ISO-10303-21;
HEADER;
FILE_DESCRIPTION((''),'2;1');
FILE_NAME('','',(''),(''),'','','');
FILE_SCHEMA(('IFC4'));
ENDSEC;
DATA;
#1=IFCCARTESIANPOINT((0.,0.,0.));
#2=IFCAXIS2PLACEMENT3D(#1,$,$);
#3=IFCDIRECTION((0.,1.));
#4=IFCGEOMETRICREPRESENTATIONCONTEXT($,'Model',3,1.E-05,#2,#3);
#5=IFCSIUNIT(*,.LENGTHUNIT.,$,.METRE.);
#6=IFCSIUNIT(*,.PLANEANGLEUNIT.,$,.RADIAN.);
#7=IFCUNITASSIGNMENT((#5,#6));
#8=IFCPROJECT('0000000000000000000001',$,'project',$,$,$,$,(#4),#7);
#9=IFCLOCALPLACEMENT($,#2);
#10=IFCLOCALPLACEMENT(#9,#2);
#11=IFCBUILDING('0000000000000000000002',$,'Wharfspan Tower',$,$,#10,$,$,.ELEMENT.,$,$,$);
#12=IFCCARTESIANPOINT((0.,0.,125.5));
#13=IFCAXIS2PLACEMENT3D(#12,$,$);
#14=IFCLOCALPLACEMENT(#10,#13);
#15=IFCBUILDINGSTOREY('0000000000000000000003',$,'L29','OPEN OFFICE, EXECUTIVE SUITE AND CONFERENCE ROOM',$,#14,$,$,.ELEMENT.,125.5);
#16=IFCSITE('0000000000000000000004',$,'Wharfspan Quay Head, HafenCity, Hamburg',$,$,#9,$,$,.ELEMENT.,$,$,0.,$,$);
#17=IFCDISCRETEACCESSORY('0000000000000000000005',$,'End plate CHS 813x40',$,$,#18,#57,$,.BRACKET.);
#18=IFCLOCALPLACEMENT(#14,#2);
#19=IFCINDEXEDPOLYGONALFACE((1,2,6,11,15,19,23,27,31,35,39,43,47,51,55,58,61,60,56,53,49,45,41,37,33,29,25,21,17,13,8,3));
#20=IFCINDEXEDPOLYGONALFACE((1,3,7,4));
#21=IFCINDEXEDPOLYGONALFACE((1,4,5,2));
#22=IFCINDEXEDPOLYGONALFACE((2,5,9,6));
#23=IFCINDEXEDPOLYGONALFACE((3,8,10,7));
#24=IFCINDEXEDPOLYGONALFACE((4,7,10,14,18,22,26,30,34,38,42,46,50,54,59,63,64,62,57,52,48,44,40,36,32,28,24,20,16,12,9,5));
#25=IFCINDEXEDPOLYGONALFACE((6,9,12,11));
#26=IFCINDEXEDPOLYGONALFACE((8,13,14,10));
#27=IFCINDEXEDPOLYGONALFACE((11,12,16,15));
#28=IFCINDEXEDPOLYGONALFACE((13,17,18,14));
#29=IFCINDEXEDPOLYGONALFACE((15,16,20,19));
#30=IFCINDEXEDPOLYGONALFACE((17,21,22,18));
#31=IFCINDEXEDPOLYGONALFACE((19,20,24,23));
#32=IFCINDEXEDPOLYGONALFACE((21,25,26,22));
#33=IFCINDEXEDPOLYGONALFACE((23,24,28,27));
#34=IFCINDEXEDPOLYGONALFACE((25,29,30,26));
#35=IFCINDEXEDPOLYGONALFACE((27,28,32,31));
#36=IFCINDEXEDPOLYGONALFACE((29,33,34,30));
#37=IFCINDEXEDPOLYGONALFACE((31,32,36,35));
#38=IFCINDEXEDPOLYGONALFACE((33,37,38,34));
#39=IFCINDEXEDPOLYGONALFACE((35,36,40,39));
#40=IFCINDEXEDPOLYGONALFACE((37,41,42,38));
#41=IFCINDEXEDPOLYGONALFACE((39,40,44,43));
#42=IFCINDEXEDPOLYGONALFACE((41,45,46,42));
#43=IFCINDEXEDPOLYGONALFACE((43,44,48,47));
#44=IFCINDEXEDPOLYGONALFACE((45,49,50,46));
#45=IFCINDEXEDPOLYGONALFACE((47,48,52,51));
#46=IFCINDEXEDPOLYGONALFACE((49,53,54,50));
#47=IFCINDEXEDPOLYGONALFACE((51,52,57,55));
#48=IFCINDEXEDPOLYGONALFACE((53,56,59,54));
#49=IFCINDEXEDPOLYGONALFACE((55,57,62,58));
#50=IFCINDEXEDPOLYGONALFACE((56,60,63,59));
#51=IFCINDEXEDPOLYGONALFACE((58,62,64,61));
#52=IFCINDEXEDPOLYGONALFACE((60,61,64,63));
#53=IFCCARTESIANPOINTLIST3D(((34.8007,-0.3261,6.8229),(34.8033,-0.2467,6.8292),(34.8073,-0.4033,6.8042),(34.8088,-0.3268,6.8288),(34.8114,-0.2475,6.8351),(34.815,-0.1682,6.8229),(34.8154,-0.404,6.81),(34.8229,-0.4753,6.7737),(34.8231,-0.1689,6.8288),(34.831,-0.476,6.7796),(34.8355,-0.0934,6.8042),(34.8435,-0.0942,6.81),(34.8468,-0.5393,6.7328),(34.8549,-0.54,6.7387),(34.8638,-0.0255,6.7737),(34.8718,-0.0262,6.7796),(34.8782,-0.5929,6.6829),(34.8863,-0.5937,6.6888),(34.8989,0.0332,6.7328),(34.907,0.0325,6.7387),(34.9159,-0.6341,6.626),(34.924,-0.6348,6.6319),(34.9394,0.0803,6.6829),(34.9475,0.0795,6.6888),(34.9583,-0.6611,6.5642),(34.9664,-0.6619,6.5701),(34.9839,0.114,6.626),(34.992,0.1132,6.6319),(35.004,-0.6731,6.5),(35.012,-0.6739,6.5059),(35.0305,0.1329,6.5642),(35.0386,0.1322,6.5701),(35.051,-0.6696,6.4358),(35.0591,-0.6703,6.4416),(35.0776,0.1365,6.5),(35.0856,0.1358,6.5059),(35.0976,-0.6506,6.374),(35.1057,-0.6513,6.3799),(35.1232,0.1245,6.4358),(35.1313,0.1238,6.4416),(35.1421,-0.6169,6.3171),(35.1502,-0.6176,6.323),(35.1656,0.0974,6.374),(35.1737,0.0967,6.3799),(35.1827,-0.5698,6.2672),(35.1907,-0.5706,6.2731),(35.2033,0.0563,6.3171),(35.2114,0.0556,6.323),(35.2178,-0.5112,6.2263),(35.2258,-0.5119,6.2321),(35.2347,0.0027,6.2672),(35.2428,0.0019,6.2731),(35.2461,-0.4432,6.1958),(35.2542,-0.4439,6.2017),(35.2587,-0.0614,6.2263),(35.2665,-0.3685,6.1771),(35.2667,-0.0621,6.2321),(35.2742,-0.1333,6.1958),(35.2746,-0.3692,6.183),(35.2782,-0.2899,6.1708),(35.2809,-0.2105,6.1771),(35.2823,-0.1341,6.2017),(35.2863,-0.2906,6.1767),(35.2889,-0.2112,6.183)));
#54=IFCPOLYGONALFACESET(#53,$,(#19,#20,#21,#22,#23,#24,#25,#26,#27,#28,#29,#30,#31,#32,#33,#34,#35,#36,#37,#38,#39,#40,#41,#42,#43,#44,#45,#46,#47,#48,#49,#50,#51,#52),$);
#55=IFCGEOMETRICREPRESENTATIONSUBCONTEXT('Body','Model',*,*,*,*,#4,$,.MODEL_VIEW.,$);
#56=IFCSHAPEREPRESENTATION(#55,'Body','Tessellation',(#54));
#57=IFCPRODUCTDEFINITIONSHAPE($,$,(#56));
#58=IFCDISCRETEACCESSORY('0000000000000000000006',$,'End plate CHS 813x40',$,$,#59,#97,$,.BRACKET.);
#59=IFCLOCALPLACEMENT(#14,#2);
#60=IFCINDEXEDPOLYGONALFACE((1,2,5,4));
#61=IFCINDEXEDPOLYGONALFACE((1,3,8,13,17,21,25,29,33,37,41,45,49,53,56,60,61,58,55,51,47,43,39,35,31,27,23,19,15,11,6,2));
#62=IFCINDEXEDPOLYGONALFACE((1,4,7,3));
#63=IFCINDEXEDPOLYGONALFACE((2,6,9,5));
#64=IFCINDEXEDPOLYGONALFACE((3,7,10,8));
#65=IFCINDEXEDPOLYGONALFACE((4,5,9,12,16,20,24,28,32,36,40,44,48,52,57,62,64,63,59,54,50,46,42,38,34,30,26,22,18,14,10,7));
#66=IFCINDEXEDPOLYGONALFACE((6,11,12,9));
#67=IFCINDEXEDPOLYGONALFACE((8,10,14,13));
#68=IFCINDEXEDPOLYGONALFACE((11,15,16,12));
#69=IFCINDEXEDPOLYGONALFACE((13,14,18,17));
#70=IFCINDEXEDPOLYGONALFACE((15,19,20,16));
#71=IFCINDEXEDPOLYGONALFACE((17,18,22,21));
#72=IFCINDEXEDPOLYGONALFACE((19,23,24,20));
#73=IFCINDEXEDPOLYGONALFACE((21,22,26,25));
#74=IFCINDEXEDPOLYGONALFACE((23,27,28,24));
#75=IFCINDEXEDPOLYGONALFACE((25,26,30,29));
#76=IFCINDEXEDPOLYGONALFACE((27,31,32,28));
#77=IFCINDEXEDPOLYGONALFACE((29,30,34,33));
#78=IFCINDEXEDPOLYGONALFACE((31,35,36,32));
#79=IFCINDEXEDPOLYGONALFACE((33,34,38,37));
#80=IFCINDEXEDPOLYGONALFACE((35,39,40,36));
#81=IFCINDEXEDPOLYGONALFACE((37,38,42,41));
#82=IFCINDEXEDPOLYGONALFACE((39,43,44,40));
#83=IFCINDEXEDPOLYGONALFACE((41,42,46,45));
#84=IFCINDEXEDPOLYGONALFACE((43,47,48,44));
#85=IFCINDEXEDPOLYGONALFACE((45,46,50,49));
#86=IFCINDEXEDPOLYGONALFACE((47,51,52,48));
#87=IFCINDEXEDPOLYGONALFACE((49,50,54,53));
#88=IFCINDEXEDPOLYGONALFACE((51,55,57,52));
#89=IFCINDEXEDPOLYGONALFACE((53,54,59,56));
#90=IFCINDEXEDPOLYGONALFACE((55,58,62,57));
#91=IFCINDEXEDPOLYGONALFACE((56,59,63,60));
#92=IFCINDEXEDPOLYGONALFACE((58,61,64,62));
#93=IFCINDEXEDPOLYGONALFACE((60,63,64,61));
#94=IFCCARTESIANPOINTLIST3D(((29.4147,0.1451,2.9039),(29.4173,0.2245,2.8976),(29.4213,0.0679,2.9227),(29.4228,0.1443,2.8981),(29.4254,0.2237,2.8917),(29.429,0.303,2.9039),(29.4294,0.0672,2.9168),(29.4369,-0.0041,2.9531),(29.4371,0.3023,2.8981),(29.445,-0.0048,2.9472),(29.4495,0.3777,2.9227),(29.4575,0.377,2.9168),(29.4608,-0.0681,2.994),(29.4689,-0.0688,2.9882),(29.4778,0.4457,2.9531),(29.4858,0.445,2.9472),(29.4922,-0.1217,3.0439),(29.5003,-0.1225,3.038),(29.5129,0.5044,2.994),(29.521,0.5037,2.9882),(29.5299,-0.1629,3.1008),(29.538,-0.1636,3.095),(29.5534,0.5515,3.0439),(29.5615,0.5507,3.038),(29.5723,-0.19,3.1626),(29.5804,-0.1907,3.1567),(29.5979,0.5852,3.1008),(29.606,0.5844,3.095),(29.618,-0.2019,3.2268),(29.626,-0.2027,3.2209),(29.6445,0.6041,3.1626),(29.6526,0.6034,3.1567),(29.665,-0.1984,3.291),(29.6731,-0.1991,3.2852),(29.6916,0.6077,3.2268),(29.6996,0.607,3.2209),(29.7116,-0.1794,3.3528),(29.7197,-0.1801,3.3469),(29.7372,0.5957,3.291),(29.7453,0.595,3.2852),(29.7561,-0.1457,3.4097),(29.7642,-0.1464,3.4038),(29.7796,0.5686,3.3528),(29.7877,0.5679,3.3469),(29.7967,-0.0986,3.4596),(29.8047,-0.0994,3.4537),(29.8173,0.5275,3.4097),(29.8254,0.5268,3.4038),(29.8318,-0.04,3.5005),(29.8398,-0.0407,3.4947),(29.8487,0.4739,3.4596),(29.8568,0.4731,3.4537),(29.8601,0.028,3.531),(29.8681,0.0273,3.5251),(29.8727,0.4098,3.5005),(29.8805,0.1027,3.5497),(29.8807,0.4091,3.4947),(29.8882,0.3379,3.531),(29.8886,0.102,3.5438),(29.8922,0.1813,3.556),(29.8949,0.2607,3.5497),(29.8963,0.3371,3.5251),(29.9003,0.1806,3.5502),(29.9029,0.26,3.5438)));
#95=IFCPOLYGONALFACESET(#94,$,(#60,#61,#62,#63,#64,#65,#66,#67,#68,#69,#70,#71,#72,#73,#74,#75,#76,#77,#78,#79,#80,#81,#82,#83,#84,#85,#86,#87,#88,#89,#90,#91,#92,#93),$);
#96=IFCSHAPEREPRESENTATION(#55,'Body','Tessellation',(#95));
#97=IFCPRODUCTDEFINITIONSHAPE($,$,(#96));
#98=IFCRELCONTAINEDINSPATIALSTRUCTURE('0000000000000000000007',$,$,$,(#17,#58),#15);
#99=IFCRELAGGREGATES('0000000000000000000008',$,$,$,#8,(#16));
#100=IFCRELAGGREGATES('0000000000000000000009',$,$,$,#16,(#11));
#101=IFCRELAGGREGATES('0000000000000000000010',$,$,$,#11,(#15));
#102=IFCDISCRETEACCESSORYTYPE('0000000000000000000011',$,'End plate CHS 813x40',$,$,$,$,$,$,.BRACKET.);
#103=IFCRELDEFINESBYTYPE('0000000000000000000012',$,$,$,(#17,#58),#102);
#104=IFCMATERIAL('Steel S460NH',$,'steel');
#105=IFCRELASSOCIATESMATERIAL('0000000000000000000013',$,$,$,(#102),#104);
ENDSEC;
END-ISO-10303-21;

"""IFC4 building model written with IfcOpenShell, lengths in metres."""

from ifc_helpers import new_model, si_unit, direction, frame, origin, origin_2d, place, context, subcontext, project, spatial, circle, extrude, material, material_profile, profile_set, type_object, element, save


model = new_model("IFC4")

# Units and contexts
model_context = context("Model", 3, precision=1e-05, world=origin(), true_north=direction((0.0, 1.0)))
body_context = subcontext(model_context, "Body", "Model", "MODEL_VIEW")
ifc_project = project(units=[si_unit("LENGTHUNIT", "METRE"), si_unit("PLANEANGLEUNIT", "RADIAN")], contexts=[model_context])

# Site, building, storey
site_placement = place(None, origin())
site = spatial("IfcSite", under=ifc_project, at=site_placement, Name="Wharfspan Quay Head, HafenCity, Hamburg", CompositionType="ELEMENT", RefElevation=0.0)
building_placement = place(site_placement, origin())
building = spatial("IfcBuilding", under=site, at=building_placement, Name="Wharfspan Tower", CompositionType="ELEMENT")
storey_placement = place(building_placement, frame((0.0, 0.0, 125.5)))
storey = spatial("IfcBuildingStorey", under=building, at=storey_placement, Name="L29", Description="OPEN OFFICE, EXECUTIVE SUITE AND CONFERENCE ROOM", CompositionType="ELEMENT", Elevation=125.5)

# Shared definitions
ifc_material_1 = material(Name="Steel S460NH", Category="steel")

# Discrete accessories
ifc_material_profile_1 = material_profile(ifc_material_1, circle(Radius=0.4065, at=origin_2d()))
ifc_profile_set_1 = profile_set([ifc_material_profile_1], Name="Steel S460NH")
discrete_accessory_type = type_object("IfcDiscreteAccessoryType", Name="End plate CHS 813x40", PredefinedType="BRACKET", material=ifc_profile_set_1)
for number, where, z_axis, x_axis, name in (
    (1, (35.0408, -0.2683, 6.5), (0.806559, -0.073324, 0.586588), (0.090536, 0.99589, 0.0), "End plate CHS 813x40"),
    (2, (29.6628, 0.2021, 3.2209), (-0.806559, 0.073324, 0.586588), (-0.090536, -0.99589, 0.0), "End plate CHS 813x40"),
):
    element("IfcDiscreteAccessory", number, at=place(storey_placement, frame(where, z_axis=z_axis, x_axis=x_axis)), inside=storey, type_object=discrete_accessory_type, Name=name, PredefinedType="BRACKET", context=body_context, shape_type="SweptSolid", body=[
        extrude(circle(Radius=0.4065, at=origin_2d()), origin(), (0.0, 0.0, 1.0), 0.01),
    ])

save(model, "model.ifc")
